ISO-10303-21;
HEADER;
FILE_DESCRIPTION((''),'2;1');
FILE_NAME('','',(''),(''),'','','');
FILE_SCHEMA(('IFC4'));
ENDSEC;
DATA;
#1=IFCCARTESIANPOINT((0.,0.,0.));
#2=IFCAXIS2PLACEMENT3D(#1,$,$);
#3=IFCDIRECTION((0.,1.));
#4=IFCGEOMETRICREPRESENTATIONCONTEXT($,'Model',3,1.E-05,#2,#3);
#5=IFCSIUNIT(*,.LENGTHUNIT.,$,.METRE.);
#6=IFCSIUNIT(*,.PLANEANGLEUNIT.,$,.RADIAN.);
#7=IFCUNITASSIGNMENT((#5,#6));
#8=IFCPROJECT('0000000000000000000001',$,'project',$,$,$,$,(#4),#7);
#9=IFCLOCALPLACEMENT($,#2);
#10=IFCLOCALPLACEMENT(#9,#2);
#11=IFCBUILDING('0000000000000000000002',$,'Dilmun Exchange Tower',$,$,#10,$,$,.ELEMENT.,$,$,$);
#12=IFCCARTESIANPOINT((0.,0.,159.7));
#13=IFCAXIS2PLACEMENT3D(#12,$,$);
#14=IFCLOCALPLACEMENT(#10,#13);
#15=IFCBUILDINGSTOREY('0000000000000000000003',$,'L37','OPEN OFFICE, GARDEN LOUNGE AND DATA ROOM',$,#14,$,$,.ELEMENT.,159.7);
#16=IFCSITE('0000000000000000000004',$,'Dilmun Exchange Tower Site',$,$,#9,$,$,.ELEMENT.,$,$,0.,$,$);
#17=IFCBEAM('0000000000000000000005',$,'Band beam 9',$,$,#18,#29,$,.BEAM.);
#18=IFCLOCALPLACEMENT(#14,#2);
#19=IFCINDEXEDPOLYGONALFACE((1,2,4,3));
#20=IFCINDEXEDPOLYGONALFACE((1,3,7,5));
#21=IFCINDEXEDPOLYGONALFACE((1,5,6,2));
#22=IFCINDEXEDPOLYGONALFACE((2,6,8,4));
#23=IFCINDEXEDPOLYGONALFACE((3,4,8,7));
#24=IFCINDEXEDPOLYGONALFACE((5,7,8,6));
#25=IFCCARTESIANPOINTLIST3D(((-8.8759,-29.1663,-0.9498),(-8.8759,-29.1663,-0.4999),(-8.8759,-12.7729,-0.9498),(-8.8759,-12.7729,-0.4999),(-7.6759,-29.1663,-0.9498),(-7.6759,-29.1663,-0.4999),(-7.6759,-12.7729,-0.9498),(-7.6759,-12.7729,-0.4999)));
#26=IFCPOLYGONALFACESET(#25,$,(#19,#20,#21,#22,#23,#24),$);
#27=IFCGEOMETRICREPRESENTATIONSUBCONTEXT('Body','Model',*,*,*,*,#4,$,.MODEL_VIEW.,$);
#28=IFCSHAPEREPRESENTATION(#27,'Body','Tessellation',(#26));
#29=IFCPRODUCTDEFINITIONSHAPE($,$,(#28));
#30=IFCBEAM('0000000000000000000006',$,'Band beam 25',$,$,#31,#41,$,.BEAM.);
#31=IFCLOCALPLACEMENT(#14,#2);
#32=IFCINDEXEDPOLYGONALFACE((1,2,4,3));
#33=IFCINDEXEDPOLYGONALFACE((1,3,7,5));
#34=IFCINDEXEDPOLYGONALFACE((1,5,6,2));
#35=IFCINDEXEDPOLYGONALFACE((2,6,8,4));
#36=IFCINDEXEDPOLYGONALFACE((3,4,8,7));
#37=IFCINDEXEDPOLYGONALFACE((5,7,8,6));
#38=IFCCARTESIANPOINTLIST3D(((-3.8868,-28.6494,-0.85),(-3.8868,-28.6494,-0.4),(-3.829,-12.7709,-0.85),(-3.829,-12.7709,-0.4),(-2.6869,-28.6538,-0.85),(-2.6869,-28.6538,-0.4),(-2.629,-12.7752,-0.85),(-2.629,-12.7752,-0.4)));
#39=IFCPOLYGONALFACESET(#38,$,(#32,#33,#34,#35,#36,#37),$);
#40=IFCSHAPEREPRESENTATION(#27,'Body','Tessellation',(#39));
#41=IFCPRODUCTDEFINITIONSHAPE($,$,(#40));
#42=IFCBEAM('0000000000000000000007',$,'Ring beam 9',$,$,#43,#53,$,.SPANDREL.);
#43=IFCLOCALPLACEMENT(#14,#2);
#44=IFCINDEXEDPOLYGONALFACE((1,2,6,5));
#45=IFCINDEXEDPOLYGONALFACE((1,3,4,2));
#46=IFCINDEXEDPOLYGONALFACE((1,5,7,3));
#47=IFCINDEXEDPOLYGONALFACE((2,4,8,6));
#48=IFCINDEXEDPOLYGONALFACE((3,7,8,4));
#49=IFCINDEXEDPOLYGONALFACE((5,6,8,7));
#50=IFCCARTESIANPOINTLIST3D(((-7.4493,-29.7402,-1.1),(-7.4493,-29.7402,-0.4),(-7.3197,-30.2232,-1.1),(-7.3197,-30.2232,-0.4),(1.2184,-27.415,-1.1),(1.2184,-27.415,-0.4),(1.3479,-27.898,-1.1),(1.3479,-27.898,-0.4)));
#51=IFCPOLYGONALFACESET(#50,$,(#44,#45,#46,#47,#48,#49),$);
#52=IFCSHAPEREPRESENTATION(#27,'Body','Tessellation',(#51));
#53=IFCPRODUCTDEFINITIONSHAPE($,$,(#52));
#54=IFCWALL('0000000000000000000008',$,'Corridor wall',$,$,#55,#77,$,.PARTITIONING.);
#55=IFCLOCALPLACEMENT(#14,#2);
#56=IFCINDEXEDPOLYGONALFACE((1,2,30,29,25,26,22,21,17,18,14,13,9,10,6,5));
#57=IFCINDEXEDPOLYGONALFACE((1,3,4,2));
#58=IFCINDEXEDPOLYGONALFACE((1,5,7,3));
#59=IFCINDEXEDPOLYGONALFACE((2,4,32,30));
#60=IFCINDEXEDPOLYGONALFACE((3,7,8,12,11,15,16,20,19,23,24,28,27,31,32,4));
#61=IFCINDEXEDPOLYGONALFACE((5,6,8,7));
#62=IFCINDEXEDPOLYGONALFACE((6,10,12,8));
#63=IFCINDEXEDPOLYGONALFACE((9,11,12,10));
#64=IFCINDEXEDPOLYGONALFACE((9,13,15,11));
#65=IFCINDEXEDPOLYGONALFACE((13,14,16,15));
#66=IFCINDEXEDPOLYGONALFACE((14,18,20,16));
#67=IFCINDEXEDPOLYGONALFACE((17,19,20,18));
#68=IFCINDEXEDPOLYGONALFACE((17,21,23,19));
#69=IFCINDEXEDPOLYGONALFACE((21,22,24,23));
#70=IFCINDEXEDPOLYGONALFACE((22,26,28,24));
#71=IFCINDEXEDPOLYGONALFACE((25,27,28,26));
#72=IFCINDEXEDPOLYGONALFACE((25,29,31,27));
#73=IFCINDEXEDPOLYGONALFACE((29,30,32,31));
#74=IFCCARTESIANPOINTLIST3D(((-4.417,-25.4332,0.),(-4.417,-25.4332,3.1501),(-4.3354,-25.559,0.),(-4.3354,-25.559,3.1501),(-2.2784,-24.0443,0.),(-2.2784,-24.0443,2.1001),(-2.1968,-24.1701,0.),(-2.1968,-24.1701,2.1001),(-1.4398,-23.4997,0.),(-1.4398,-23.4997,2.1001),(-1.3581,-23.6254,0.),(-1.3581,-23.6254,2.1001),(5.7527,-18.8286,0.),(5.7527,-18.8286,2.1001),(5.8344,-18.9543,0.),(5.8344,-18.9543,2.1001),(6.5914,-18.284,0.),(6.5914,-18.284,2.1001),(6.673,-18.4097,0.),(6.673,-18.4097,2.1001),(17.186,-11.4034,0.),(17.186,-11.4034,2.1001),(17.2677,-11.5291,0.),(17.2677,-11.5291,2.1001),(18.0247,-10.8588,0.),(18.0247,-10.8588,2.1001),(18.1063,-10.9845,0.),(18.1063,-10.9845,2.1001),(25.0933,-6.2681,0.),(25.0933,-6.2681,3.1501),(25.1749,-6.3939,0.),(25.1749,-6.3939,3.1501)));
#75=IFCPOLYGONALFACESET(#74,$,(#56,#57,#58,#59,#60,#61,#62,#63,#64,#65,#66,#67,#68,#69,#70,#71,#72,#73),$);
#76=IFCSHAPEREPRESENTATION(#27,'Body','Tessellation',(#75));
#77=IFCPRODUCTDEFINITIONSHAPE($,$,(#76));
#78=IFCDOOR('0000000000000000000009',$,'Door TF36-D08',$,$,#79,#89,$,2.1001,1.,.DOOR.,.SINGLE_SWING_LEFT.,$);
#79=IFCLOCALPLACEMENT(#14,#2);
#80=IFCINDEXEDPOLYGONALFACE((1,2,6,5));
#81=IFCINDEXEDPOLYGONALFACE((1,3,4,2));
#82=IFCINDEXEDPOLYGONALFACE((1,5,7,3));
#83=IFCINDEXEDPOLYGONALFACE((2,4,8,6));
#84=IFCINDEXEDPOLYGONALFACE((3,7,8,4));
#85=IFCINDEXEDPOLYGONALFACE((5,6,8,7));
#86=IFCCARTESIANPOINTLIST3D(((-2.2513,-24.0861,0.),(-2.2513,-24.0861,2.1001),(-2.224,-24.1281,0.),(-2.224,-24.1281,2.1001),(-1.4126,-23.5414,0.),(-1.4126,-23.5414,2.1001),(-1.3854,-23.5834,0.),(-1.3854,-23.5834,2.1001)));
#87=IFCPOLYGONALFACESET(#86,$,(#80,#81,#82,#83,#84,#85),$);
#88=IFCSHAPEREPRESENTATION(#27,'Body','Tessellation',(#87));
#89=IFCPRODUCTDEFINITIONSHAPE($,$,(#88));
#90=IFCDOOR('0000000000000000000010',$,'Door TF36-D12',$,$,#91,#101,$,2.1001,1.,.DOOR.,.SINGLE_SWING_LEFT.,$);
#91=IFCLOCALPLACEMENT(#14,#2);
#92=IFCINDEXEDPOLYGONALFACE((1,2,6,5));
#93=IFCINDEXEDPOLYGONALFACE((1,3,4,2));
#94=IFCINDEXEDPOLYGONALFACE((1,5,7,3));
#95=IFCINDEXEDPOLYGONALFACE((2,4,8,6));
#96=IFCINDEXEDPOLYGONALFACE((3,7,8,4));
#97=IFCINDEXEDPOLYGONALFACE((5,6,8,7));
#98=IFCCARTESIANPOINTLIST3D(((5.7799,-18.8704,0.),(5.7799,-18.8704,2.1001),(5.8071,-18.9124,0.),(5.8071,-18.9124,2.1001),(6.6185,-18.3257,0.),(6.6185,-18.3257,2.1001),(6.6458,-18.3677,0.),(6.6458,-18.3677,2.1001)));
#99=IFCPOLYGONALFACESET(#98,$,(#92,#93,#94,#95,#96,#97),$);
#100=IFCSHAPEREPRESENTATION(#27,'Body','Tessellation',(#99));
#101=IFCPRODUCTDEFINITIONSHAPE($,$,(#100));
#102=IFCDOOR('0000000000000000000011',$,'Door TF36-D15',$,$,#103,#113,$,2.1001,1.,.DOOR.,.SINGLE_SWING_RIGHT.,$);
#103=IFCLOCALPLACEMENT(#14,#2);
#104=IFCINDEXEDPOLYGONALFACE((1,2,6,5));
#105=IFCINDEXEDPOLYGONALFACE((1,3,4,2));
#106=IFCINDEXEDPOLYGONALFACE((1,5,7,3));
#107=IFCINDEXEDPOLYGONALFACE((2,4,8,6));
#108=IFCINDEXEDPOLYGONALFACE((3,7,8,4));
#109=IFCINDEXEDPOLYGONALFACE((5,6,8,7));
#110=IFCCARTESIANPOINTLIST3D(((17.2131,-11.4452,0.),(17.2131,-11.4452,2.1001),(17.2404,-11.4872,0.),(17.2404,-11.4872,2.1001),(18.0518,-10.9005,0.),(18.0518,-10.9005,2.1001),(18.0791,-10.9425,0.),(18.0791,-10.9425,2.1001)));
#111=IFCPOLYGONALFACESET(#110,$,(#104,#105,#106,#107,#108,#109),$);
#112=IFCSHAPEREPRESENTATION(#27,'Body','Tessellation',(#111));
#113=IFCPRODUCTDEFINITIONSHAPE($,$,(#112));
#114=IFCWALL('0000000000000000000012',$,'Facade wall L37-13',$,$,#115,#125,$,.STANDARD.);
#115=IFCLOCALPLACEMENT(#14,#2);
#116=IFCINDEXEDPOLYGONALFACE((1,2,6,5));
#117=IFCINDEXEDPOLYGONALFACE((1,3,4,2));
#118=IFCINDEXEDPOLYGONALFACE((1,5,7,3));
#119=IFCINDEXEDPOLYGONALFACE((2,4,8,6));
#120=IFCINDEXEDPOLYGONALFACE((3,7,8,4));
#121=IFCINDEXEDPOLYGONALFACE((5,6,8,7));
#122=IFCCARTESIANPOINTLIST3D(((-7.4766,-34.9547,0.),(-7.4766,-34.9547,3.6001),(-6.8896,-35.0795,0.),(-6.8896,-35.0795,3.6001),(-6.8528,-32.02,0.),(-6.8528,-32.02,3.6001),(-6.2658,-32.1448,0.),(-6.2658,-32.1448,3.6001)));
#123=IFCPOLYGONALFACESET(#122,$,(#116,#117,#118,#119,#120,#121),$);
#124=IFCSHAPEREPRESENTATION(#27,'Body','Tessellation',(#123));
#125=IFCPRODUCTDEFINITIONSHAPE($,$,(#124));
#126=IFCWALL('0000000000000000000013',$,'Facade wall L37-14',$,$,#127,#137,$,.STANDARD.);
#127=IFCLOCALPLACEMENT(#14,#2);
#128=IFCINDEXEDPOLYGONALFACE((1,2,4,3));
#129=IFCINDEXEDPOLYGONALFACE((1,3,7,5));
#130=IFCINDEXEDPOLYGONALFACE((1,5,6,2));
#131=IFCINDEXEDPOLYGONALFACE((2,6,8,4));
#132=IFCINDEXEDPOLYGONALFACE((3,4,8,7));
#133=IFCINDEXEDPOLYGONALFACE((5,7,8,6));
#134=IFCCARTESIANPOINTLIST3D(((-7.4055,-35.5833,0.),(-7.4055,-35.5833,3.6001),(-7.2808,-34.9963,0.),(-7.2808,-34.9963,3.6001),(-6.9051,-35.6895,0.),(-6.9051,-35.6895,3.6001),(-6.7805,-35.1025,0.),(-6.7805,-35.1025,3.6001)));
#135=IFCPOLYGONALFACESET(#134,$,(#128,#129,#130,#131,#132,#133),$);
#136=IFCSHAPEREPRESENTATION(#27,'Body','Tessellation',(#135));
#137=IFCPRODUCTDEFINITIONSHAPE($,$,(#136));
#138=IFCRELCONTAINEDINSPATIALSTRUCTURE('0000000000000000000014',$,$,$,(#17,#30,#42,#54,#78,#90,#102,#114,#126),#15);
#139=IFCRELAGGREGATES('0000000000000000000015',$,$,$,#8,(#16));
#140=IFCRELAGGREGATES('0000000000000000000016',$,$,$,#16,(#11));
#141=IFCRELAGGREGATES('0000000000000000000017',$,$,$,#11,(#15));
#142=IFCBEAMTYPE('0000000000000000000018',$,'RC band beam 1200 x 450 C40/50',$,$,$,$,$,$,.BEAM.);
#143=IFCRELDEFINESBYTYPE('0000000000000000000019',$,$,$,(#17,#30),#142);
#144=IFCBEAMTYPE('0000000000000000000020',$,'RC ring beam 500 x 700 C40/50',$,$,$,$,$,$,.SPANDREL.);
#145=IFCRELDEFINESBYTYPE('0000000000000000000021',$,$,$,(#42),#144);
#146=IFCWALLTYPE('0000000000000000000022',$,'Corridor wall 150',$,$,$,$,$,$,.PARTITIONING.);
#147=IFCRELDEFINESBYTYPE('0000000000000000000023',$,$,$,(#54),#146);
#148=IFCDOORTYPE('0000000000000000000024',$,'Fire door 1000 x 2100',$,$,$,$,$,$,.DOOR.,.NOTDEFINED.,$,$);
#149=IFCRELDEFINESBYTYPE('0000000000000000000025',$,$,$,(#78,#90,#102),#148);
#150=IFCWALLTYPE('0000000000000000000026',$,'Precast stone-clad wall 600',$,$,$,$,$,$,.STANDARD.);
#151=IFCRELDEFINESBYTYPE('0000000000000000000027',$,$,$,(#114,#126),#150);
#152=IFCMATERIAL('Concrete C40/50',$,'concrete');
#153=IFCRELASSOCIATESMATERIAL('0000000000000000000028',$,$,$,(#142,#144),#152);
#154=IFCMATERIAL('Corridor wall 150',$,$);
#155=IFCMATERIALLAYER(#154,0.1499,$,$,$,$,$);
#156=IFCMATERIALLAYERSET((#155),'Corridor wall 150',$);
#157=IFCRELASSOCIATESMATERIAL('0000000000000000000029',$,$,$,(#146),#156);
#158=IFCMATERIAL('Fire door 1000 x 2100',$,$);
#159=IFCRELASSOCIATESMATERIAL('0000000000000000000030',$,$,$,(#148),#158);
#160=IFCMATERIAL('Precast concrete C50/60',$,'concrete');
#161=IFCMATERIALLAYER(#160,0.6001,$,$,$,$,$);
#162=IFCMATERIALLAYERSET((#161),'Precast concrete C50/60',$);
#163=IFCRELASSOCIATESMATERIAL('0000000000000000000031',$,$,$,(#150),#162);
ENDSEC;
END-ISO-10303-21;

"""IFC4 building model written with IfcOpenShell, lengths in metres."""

from ifc_helpers import new_model, si_unit, direction, frame, frame_2d, origin, origin_2d, place, context, subcontext, project, spatial, rectangle, extrude, material, layer, layer_set, material_profile, profile_set, type_object, element, fill, save


model = new_model("IFC4")

# Units and contexts
model_context = context("Model", 3, precision=1e-05, world=origin(), true_north=direction((0.0, 1.0)))
body_context = subcontext(model_context, "Body", "Model", "MODEL_VIEW")
ifc_project = project(units=[si_unit("LENGTHUNIT", "METRE"), si_unit("PLANEANGLEUNIT", "RADIAN")], contexts=[model_context])

# Site, building, storey
site_placement = place(None, origin())
site = spatial("IfcSite", under=ifc_project, at=site_placement, Name="Dilmun Exchange Tower Site", CompositionType="ELEMENT", RefElevation=0.0)
building_placement = place(site_placement, origin())
building = spatial("IfcBuilding", under=site, at=building_placement, Name="Dilmun Exchange Tower", CompositionType="ELEMENT")
storey_placement = place(building_placement, frame((0.0, 0.0, 159.7)))
storey = spatial("IfcBuildingStorey", under=building, at=storey_placement, Name="L37", Description="OPEN OFFICE, GARDEN LOUNGE AND DATA ROOM", CompositionType="ELEMENT", Elevation=159.7)

# Beams
ifc_material_1 = material(Name="Concrete C40/50", Category="concrete")
ifc_material_profile_1 = material_profile(ifc_material_1, rectangle(XDim=1.2, YDim=0.45, at=origin_2d()), Name="1200 x 450")
ifc_profile_set_1 = profile_set([ifc_material_profile_1], Name="Concrete C40/50")
beam_type_1 = type_object("IfcBeamType", Name="RC band beam 1200 x 450 C40/50", PredefinedType="BEAM", material=ifc_profile_set_1)
beam_1_placement = place(storey_placement, frame((-8.2759, -29.1663, -0.7249), z_axis=(0.0, 1.0, 0.0), x_axis=(-1.0, 0.0, 0.0)))
element("IfcBeam", 1, at=beam_1_placement, inside=storey, type_object=beam_type_1, Name="Band beam 9", PredefinedType="BEAM", context=body_context, shape_type="SweptSolid", body=[
    extrude(rectangle(XDim=1.2, YDim=0.45, at=origin_2d()), origin(), (0.0, 0.0, 1.0), 16.3933),
])
beam_2_placement = place(storey_placement, frame((-3.2869, -28.6516, -0.625), z_axis=(0.003644, 0.999993, 0.0), x_axis=(-0.999993, 0.003644, 0.0)))
element("IfcBeam", 2, at=beam_2_placement, inside=storey, type_object=beam_type_1, Name="Band beam 25", PredefinedType="BEAM", context=body_context, shape_type="SweptSolid", body=[
    extrude(rectangle(XDim=1.2, YDim=0.45, at=origin_2d()), origin(), (0.0, 0.0, 1.0), 15.8787),
])
ifc_material_profile_2 = material_profile(ifc_material_1, rectangle(XDim=0.5, YDim=0.7, at=origin_2d()), Name="500 x 700")
ifc_profile_set_2 = profile_set([ifc_material_profile_2], Name="Concrete C40/50")
beam_type_2 = type_object("IfcBeamType", Name="RC ring beam 500 x 700 C40/50", PredefinedType="SPANDREL", material=ifc_profile_set_2)
beam_3_placement = place(storey_placement, frame((-7.3845, -29.9817, -0.75), z_axis=(0.965851, 0.259098, 0.0), x_axis=(-0.259098, 0.965851, 0.0)))
element("IfcBeam", 3, at=beam_3_placement, inside=storey, type_object=beam_type_2, Name="Ring beam 9", PredefinedType="SPANDREL", context=body_context, shape_type="SweptSolid", body=[
    extrude(rectangle(XDim=0.5, YDim=0.7, at=origin_2d()), origin(), (0.0, 0.0, 1.0), 8.9741),
])

# Wall, openings, doors
ifc_material_2 = material(Name="Corridor wall 150")
ifc_layer_1 = layer(ifc_material_2, 0.1499)
ifc_layer_set_1 = layer_set([ifc_layer_1], Name="Corridor wall 150")
wall_type_1 = type_object("IfcWallType", Name="Corridor wall 150", PredefinedType="PARTITIONING", material=ifc_layer_set_1)
wall_1_placement = place(storey_placement, frame((-4.3762, -25.4961, 0.0), z_axis=(0.0, 0.0, 1.0), x_axis=(0.838659, 0.544656, 0.0)))
wall_1 = element("IfcWall", 4, at=wall_1_placement, inside=storey, type_object=wall_type_1, Name="Corridor wall", PredefinedType="PARTITIONING", context=body_context, shape_type="SweptSolid", body=[
    extrude(rectangle(XDim=35.1875, YDim=0.1499, at=frame_2d((17.5938, 0.0))), origin(), (0.0, 0.0, 1.0), 3.1501),
])
opening_1_placement = place(wall_1_placement, frame((2.55, 0.0, 0.0)))
opening_1 = element("IfcOpeningElement", 5, at=opening_1_placement, cuts=wall_1, PredefinedType="OPENING", context=body_context, shape_type="SweptSolid", body=[
    extrude(rectangle(XDim=1.0, YDim=2.1001, at=frame_2d((0.5, 1.05))), frame((0.0, 0.085, 0.0), z_axis=(0.0, -1.0, 0.0), x_axis=(1.0, 0.0, 0.0)), (0.0, 0.0, 1.0), 0.1699),
])
opening_2_placement = place(wall_1_placement, frame((12.1262, 0.0, 0.0)))
opening_2 = element("IfcOpeningElement", 6, at=opening_2_placement, cuts=wall_1, PredefinedType="OPENING", context=body_context, shape_type="SweptSolid", body=[
    extrude(rectangle(XDim=1.0, YDim=2.1001, at=frame_2d((0.5, 1.05))), frame((0.0, 0.085, 0.0), z_axis=(0.0, -1.0, 0.0), x_axis=(1.0, 0.0, 0.0)), (0.0, 0.0, 1.0), 0.1699),
])
opening_3_placement = place(wall_1_placement, frame((25.759, 0.0, 0.0)))
opening_3 = element("IfcOpeningElement", 7, at=opening_3_placement, cuts=wall_1, PredefinedType="OPENING", context=body_context, shape_type="SweptSolid", body=[
    extrude(rectangle(XDim=1.0, YDim=2.1001, at=frame_2d((0.5, 1.05))), frame((0.0, 0.085, 0.0), z_axis=(0.0, -1.0, 0.0), x_axis=(1.0, 0.0, 0.0)), (0.0, 0.0, 1.0), 0.1699),
])
ifc_material_3 = material(Name="Fire door 1000 x 2100")
door_type = type_object("IfcDoorType", Name="Fire door 1000 x 2100", OperationType="NOTDEFINED", PredefinedType="DOOR", material=ifc_material_3)
door_1_placement = place(opening_1_placement, frame((1.0, 0.0, 0.0), z_axis=(0.0, 0.0, 1.0), x_axis=(-1.0, 0.0, 0.0)))
door_1 = element("IfcDoor", 8, at=door_1_placement, inside=storey, type_object=door_type, Name="Door TF36-D08", OperationType="SINGLE_SWING_LEFT", OverallHeight=2.1001, OverallWidth=1.0, PredefinedType="DOOR", context=body_context, shape_type="SweptSolid", body=[
    extrude(rectangle(XDim=1.0, YDim=2.1001, at=frame_2d((0.5, 1.05))), frame((0.0, 0.0249, 0.0), z_axis=(0.0, -1.0, 0.0), x_axis=(1.0, 0.0, 0.0)), (0.0, 0.0, 1.0), 0.05),
])
fill(opening_1, door_1)
door_2_placement = place(opening_2_placement, frame((1.0, 0.0, 0.0), z_axis=(0.0, 0.0, 1.0), x_axis=(-1.0, 0.0, 0.0)))
door_2 = element("IfcDoor", 9, at=door_2_placement, inside=storey, type_object=door_type, Name="Door TF36-D12", OperationType="SINGLE_SWING_LEFT", OverallHeight=2.1001, OverallWidth=1.0, PredefinedType="DOOR", context=body_context, shape_type="SweptSolid", body=[
    extrude(rectangle(XDim=1.0, YDim=2.1001, at=frame_2d((0.5, 1.05))), frame((0.0, 0.0249, 0.0), z_axis=(0.0, -1.0, 0.0), x_axis=(1.0, 0.0, 0.0)), (0.0, 0.0, 1.0), 0.05),
])
fill(opening_2, door_2)
door_3_placement = place(opening_3_placement, frame((1.0, 0.0, 0.0), z_axis=(0.0, 0.0, 1.0), x_axis=(-1.0, 0.0, 0.0)))
door_3 = element("IfcDoor", 10, at=door_3_placement, inside=storey, type_object=door_type, Name="Door TF36-D15", OperationType="SINGLE_SWING_RIGHT", OverallHeight=2.1001, OverallWidth=1.0, PredefinedType="DOOR", context=body_context, shape_type="SweptSolid", body=[
    extrude(rectangle(XDim=1.0, YDim=2.1001, at=frame_2d((0.5, 1.05))), frame((0.0, 0.0249, 0.0), z_axis=(0.0, -1.0, 0.0), x_axis=(1.0, 0.0, 0.0)), (0.0, 0.0, 1.0), 0.05),
])
fill(opening_3, door_3)

# Walls
ifc_material_4 = material(Name="Precast concrete C50/60", Category="concrete")
ifc_layer_2 = layer(ifc_material_4, 0.6001)
ifc_layer_set_2 = layer_set([ifc_layer_2], Name="Precast concrete C50/60")
wall_type_2 = type_object("IfcWallType", Name="Precast stone-clad wall 600", PredefinedType="STANDARD", material=ifc_layer_set_2)
wall_2_placement = place(storey_placement, frame((-6.5593, -32.0825, 0.0), z_axis=(0.0, 0.0, 1.0), x_axis=(-0.207917, -0.978146, 0.0)))
element("IfcWall", 11, at=wall_2_placement, inside=storey, type_object=wall_type_2, Name="Facade wall L37-13", PredefinedType="STANDARD", context=body_context, shape_type="SweptSolid", body=[
    extrude(rectangle(XDim=3.0002, YDim=0.6001, at=frame_2d((1.5, 0.0))), origin(), (0.0, 0.0, 1.0), 3.6001),
])
wall_3_placement = place(storey_placement, frame((-7.3433, -35.2898, 0.0), z_axis=(0.0, 0.0, 1.0), x_axis=(0.978199, -0.20767, 0.0)))
element("IfcWall", 12, at=wall_3_placement, inside=storey, type_object=wall_type_2, Name="Facade wall L37-14", PredefinedType="STANDARD", context=body_context, shape_type="SweptSolid", body=[
    extrude(rectangle(XDim=0.5115, YDim=0.6001, at=frame_2d((0.2559, 0.0))), origin(), (0.0, 0.0, 1.0), 3.6001),
])

save(model, "model.ifc")
